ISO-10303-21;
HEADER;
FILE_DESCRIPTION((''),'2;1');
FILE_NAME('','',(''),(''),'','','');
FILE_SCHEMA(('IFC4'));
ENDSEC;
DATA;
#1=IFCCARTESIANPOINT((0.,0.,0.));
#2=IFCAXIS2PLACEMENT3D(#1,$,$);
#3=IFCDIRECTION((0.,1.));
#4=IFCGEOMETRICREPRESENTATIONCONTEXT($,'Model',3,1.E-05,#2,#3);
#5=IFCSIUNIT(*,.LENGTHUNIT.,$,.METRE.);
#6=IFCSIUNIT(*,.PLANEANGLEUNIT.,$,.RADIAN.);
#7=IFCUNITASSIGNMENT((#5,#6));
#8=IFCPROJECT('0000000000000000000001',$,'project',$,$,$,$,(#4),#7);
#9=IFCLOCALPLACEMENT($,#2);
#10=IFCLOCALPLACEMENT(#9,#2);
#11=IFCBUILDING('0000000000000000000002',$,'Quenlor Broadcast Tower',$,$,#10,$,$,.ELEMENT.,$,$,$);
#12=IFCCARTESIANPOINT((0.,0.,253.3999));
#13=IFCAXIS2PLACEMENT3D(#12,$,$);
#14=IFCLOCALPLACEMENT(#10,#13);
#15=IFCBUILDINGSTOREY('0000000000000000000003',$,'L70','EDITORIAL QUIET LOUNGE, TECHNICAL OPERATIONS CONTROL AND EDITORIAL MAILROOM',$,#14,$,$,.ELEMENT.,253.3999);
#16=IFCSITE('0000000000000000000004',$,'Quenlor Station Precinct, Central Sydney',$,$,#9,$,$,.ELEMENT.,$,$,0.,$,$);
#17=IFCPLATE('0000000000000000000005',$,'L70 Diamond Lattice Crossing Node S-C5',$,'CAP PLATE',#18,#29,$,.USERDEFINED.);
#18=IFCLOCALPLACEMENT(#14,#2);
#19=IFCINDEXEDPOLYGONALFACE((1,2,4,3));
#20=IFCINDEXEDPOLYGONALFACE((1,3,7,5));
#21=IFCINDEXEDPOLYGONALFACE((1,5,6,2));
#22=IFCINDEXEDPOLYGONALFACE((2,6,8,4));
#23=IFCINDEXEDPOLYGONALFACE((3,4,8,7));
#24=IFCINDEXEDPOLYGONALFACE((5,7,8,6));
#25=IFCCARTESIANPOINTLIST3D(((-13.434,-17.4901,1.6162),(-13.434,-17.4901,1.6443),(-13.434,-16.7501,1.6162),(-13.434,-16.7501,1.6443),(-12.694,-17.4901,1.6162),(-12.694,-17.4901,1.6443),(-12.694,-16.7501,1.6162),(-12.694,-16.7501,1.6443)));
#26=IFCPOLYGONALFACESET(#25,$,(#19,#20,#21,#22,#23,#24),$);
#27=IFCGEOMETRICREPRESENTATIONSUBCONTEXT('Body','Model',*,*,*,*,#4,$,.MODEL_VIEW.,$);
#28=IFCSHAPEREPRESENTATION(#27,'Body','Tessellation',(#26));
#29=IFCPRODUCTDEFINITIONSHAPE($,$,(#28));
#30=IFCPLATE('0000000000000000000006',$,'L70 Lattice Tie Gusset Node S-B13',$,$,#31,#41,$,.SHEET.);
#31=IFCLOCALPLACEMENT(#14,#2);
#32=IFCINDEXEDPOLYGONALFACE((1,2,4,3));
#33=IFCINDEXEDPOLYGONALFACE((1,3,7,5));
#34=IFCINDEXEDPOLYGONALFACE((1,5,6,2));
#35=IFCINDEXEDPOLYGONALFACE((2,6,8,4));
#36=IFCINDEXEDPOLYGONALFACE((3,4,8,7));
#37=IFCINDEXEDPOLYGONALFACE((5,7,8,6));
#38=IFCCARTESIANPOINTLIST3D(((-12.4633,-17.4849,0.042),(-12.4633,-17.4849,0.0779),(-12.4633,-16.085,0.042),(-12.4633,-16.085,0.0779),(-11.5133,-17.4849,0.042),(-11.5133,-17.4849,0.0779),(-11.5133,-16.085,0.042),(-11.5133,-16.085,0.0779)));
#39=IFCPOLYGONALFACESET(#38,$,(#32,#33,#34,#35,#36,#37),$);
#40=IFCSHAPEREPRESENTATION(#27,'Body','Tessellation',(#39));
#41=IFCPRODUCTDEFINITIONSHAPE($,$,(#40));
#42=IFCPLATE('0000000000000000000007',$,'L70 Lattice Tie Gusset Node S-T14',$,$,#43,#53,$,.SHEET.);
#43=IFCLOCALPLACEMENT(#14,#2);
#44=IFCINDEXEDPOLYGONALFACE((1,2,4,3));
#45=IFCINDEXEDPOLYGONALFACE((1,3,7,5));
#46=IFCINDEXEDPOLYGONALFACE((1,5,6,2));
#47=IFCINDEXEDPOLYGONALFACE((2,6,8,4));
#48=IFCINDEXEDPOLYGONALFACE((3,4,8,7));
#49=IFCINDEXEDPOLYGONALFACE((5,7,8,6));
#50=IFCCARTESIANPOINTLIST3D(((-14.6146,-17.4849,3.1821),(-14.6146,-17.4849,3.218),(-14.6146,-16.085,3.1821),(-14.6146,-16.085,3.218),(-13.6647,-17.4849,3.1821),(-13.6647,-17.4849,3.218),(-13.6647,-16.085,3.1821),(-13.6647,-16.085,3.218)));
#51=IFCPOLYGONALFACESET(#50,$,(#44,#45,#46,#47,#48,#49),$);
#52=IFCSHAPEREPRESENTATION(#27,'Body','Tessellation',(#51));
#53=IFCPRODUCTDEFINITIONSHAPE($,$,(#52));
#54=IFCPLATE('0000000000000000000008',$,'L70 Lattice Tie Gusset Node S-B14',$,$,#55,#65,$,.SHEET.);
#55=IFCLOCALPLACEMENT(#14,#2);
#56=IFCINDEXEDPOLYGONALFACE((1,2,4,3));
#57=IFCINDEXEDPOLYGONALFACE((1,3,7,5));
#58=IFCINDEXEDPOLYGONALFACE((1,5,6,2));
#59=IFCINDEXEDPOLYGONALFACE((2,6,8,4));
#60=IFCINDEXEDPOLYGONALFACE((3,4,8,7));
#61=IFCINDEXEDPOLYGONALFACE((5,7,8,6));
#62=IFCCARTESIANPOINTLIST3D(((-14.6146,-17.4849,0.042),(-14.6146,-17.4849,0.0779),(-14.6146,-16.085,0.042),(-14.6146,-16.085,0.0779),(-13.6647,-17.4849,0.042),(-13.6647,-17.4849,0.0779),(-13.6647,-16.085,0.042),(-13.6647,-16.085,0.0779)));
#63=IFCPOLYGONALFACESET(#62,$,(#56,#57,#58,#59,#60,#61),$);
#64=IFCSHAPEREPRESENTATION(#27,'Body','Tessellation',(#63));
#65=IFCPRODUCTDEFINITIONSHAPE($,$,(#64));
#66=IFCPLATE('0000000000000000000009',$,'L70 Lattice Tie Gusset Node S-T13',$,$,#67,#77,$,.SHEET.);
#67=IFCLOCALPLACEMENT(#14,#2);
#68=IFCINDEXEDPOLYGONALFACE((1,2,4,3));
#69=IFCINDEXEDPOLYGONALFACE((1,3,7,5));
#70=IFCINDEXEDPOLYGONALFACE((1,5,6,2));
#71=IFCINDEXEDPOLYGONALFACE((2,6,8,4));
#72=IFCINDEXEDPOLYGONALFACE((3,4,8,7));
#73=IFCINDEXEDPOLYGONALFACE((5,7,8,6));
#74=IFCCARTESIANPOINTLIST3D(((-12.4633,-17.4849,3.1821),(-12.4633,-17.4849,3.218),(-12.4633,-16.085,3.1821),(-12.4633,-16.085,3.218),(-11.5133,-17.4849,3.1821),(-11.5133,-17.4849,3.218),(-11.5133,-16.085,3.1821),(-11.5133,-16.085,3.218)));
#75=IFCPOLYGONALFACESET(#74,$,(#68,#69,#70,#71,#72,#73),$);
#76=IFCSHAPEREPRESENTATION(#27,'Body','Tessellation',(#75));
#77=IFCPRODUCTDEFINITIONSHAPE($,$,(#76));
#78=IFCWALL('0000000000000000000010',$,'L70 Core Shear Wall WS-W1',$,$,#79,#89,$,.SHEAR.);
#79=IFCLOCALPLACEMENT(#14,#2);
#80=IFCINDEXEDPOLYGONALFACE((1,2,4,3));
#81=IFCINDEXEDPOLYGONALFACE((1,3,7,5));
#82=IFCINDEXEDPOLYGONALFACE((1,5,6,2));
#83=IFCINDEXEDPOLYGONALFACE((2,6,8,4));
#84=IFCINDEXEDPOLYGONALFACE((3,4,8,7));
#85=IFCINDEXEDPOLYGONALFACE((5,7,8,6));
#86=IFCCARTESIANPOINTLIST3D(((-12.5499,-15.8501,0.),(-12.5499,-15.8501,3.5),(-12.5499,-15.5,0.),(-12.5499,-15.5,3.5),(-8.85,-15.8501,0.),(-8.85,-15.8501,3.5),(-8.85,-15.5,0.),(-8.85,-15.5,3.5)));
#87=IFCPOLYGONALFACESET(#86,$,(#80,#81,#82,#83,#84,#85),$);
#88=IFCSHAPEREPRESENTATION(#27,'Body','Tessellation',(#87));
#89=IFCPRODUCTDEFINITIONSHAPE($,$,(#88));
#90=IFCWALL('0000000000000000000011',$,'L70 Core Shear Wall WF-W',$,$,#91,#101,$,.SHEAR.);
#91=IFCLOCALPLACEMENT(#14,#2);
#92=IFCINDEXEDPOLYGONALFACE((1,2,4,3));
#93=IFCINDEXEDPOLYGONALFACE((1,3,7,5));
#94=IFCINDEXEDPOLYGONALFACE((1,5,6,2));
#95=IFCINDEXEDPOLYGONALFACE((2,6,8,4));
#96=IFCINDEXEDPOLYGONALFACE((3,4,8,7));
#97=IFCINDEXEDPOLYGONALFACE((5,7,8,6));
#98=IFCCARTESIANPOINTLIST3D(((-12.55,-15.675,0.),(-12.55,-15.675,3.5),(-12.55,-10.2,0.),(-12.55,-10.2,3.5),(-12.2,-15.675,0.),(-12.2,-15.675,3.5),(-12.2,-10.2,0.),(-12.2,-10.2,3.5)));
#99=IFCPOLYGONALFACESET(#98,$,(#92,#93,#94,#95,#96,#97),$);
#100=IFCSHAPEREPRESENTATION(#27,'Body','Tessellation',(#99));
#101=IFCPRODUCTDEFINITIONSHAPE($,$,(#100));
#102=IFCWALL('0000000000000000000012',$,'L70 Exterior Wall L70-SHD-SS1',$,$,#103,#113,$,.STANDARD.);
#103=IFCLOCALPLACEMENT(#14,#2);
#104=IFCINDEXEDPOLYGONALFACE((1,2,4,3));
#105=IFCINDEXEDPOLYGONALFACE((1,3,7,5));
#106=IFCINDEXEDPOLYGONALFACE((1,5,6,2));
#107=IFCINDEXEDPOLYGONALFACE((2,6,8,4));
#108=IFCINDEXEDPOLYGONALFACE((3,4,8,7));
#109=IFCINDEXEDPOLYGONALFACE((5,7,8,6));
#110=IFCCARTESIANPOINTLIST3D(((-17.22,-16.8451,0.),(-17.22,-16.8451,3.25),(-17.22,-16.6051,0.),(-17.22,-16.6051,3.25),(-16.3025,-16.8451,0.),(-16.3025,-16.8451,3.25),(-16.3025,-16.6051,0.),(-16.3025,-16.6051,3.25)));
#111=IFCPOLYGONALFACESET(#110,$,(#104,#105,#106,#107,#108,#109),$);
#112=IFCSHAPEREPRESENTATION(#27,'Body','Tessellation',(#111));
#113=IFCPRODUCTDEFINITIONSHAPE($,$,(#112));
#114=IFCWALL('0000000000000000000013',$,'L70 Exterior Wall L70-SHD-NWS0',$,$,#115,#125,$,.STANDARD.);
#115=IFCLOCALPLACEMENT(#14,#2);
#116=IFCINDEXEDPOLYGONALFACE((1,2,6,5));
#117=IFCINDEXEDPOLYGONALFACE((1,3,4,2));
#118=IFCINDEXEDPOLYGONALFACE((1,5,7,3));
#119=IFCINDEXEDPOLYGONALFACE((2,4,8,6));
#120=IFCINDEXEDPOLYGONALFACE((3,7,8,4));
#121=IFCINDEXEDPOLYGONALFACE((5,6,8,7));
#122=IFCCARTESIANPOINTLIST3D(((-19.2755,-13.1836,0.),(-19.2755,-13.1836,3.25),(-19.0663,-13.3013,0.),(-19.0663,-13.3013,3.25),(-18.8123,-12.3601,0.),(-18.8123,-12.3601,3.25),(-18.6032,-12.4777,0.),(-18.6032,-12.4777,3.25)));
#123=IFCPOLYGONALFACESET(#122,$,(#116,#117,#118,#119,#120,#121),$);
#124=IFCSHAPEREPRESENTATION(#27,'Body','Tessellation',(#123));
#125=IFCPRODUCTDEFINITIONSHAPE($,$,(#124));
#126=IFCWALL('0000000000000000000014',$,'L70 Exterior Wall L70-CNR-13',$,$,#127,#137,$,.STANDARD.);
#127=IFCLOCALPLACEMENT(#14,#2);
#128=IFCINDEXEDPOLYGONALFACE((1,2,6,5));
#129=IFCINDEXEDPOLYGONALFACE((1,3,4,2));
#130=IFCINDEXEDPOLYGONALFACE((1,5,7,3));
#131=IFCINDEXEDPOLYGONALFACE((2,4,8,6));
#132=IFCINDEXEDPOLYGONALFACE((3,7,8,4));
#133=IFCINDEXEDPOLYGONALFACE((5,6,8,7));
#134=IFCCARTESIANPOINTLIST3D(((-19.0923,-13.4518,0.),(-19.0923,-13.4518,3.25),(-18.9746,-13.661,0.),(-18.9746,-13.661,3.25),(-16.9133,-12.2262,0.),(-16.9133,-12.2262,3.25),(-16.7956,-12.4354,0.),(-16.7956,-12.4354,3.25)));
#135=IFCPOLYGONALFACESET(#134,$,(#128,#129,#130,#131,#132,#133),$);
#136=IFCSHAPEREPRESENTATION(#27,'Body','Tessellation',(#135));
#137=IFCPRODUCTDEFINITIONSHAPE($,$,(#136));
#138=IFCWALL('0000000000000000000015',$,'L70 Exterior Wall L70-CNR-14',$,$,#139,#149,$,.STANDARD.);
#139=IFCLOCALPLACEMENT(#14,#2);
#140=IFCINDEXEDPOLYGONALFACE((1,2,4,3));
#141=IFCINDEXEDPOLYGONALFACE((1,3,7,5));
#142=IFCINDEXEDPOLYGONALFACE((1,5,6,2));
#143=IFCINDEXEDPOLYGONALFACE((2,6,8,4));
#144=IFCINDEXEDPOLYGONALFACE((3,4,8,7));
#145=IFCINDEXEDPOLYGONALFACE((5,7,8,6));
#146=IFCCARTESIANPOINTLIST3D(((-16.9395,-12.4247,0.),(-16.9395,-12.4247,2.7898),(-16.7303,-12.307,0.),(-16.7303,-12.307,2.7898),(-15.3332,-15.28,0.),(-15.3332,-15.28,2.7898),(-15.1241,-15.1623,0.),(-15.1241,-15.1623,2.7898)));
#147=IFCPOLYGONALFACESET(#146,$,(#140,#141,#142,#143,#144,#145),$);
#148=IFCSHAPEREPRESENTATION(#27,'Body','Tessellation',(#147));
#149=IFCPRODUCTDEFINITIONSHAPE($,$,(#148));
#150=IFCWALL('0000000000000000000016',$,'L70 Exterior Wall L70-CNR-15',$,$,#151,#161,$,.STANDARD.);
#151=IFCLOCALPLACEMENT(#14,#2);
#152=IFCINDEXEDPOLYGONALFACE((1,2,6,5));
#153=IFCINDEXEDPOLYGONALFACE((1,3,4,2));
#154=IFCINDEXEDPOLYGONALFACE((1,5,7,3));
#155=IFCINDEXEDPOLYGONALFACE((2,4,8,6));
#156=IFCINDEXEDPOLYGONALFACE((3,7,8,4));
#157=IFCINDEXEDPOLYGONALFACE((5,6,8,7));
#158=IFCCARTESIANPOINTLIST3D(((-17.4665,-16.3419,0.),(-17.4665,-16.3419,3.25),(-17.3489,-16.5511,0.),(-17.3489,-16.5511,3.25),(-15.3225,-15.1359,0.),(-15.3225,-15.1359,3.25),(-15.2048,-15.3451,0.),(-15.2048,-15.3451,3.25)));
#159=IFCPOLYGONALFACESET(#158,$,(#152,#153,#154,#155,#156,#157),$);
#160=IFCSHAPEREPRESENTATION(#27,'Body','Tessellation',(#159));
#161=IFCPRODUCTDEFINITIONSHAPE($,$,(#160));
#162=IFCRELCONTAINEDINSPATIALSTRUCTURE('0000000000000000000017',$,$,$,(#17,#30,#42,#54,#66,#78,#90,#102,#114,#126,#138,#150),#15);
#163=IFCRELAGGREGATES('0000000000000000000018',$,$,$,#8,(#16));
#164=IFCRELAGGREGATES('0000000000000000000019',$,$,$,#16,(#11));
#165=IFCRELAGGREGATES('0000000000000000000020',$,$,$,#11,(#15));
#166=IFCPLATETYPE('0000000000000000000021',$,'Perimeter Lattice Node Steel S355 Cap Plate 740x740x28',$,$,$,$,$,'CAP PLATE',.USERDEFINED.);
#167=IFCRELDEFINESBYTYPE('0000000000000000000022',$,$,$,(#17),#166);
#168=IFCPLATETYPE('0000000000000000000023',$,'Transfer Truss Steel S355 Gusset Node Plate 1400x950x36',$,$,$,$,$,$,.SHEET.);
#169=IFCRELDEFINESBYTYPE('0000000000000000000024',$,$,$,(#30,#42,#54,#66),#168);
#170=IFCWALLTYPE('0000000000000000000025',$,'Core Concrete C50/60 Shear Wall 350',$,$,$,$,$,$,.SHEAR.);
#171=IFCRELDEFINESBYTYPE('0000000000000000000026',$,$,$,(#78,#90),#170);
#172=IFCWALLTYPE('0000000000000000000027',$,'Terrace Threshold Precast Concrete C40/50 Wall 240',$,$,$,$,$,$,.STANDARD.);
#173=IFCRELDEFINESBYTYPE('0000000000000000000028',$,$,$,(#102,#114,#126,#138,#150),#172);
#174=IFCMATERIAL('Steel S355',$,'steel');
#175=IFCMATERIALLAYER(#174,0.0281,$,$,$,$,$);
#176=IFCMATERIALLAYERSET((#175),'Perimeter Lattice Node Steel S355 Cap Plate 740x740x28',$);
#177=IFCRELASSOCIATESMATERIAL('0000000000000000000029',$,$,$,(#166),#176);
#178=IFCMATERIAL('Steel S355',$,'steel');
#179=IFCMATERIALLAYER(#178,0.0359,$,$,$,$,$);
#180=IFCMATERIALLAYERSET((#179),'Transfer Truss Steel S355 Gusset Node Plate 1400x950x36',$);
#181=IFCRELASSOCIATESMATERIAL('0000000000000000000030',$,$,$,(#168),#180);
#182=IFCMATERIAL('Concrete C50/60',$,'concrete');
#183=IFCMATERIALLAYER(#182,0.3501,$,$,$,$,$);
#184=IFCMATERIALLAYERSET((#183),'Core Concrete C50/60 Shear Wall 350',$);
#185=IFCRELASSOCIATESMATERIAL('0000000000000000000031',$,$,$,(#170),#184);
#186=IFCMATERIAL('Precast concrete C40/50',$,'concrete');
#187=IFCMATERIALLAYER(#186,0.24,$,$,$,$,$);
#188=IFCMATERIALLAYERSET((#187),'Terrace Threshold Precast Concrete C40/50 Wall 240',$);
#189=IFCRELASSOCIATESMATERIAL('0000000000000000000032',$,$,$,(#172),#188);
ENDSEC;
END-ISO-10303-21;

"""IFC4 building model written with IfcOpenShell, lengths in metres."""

from ifc_helpers import new_model, si_unit, direction, frame, frame_2d, origin, origin_2d, place, context, subcontext, project, spatial, rectangle, extrude, material, layer, layer_set, type_object, element, save


model = new_model("IFC4")

# Units and contexts
model_context = context("Model", 3, precision=1e-05, world=origin(), true_north=direction((0.0, 1.0)))
body_context = subcontext(model_context, "Body", "Model", "MODEL_VIEW")
ifc_project = project(units=[si_unit("LENGTHUNIT", "METRE"), si_unit("PLANEANGLEUNIT", "RADIAN")], contexts=[model_context])

# Site, building, storey
site_placement = place(None, origin())
site = spatial("IfcSite", under=ifc_project, at=site_placement, Name="Quenlor Station Precinct, Central Sydney", CompositionType="ELEMENT", RefElevation=0.0)
building_placement = place(site_placement, origin())
building = spatial("IfcBuilding", under=site, at=building_placement, Name="Quenlor Broadcast Tower", CompositionType="ELEMENT")
storey_placement = place(building_placement, frame((0.0, 0.0, 253.3999)))
storey = spatial("IfcBuildingStorey", under=building, at=storey_placement, Name="L70", Description="EDITORIAL QUIET LOUNGE, TECHNICAL OPERATIONS CONTROL AND EDITORIAL MAILROOM", CompositionType="ELEMENT", Elevation=253.3999)

# Plates
ifc_material_1 = material(Name="Steel S355", Category="steel")
ifc_layer_1 = layer(ifc_material_1, 0.0281)
ifc_layer_set_1 = layer_set([ifc_layer_1], Name="Perimeter Lattice Node Steel S355 Cap Plate 740x740x28")
plate_type_1 = type_object("IfcPlateType", Name="Perimeter Lattice Node Steel S355 Cap Plate 740x740x28", ElementType="CAP PLATE", PredefinedType="USERDEFINED", material=ifc_layer_set_1)
plate_placement = place(storey_placement, frame((-13.064, -17.1201, 1.6162), z_axis=(0.0, 0.0, 1.0), x_axis=(-1.0, 0.0, 0.0)))
element("IfcPlate", 1, at=plate_placement, inside=storey, type_object=plate_type_1, Name="L70 Diamond Lattice Crossing Node S-C5", ObjectType="CAP PLATE", PredefinedType="USERDEFINED", context=body_context, shape_type="SweptSolid", body=[
    extrude(rectangle(XDim=0.74, YDim=0.74, at=origin_2d()), origin(), (0.0, 0.0, 1.0), 0.0281),
])
ifc_material_2 = material(Name="Steel S355", Category="steel")
ifc_layer_2 = layer(ifc_material_2, 0.0359)
ifc_layer_set_2 = layer_set([ifc_layer_2], Name="Transfer Truss Steel S355 Gusset Node Plate 1400x950x36")
plate_type_2 = type_object("IfcPlateType", Name="Transfer Truss Steel S355 Gusset Node Plate 1400x950x36", PredefinedType="SHEET", material=ifc_layer_set_2)
for number, where, z_axis, x_axis, name in (
    (2, (-11.9883, -16.7849, 0.042), (0.0, 0.0, 1.0), (0.0, -1.0, 0.0), "L70 Lattice Tie Gusset Node S-B13"),
    (3, (-14.1396, -16.7849, 3.1821), (0.0, 0.0, 1.0), (0.0, -1.0, 0.0), "L70 Lattice Tie Gusset Node S-T14"),
    (4, (-14.1396, -16.7849, 0.042), (0.0, 0.0, 1.0), (0.0, -1.0, 0.0), "L70 Lattice Tie Gusset Node S-B14"),
    (5, (-11.9883, -16.7849, 3.1821), (0.0, 0.0, 1.0), (0.0, -1.0, 0.0), "L70 Lattice Tie Gusset Node S-T13"),
):
    element("IfcPlate", number, at=place(storey_placement, frame(where, z_axis=z_axis, x_axis=x_axis)), inside=storey, type_object=plate_type_2, Name=name, PredefinedType="SHEET", context=body_context, shape_type="SweptSolid", body=[
        extrude(rectangle(XDim=1.3999, YDim=0.95, at=origin_2d()), origin(), (0.0, 0.0, 1.0), 0.0359),
    ])

# Walls
ifc_material_3 = material(Name="Concrete C50/60", Category="concrete")
ifc_layer_3 = layer(ifc_material_3, 0.3501)
ifc_layer_set_3 = layer_set([ifc_layer_3], Name="Core Concrete C50/60 Shear Wall 350")
wall_type_1 = type_object("IfcWallType", Name="Core Concrete C50/60 Shear Wall 350", PredefinedType="SHEAR", material=ifc_layer_set_3)
wall_1_placement = place(storey_placement, frame((-12.55, -15.675, 0.0), z_axis=(0.0, 0.0, 1.0), x_axis=(1.0, 0.0, 0.0)))
element("IfcWall", 6, at=wall_1_placement, inside=storey, type_object=wall_type_1, Name="L70 Core Shear Wall WS-W1", PredefinedType="SHEAR", context=body_context, shape_type="SweptSolid", body=[
    extrude(rectangle(XDim=3.7, YDim=0.3501, at=frame_2d((1.8501, 0.0))), origin(), (0.0, 0.0, 1.0), 3.5),
])
wall_2_placement = place(storey_placement, frame((-12.375, -15.675, 0.0), z_axis=(0.0, 0.0, 1.0), x_axis=(0.0, 1.0, 0.0)))
element("IfcWall", 7, at=wall_2_placement, inside=storey, type_object=wall_type_1, Name="L70 Core Shear Wall WF-W", PredefinedType="SHEAR", context=body_context, shape_type="SweptSolid", body=[
    extrude(rectangle(XDim=5.4751, YDim=0.3501, at=frame_2d((2.7375, 0.0))), origin(), (0.0, 0.0, 1.0), 3.5),
])
ifc_material_4 = material(Name="Precast concrete C40/50", Category="concrete")
ifc_layer_4 = layer(ifc_material_4, 0.24)
ifc_layer_set_4 = layer_set([ifc_layer_4], Name="Terrace Threshold Precast Concrete C40/50 Wall 240")
wall_type_2 = type_object("IfcWallType", Name="Terrace Threshold Precast Concrete C40/50 Wall 240", PredefinedType="STANDARD", material=ifc_layer_set_4)
wall_3_placement = place(storey_placement, frame((-16.3025, -16.7251, 0.0), z_axis=(0.0, 0.0, 1.0), x_axis=(-1.0, 0.0, 0.0)))
element("IfcWall", 8, at=wall_3_placement, inside=storey, type_object=wall_type_2, Name="L70 Exterior Wall L70-SHD-SS1", PredefinedType="STANDARD", context=body_context, shape_type="SweptSolid", body=[
    extrude(rectangle(XDim=0.9175, YDim=0.24, at=frame_2d((0.4587, 0.0))), origin(), (0.0, 0.0, 1.0), 3.25),
])
wall_4_placement = place(storey_placement, frame((-19.1709, -13.2424, 0.0), z_axis=(0.0, 0.0, 1.0), x_axis=(0.4902, 0.87161, 0.0)))
element("IfcWall", 9, at=wall_4_placement, inside=storey, type_object=wall_type_2, Name="L70 Exterior Wall L70-SHD-NWS0", PredefinedType="STANDARD", context=body_context, shape_type="SweptSolid", body=[
    extrude(rectangle(XDim=0.9448, YDim=0.24, at=frame_2d((0.4724, 0.0))), origin(), (0.0, 0.0, 1.0), 3.25),
])
wall_5_placement = place(storey_placement, frame((-19.0334, -13.5564, 0.0), z_axis=(0.0, 0.0, 1.0), x_axis=(0.871589, 0.490238, 0.0)))
element("IfcWall", 10, at=wall_5_placement, inside=storey, type_object=wall_type_2, Name="L70 Exterior Wall L70-CNR-13", PredefinedType="STANDARD", context=body_context, shape_type="SweptSolid", body=[
    extrude(rectangle(XDim=2.5, YDim=0.24, at=frame_2d((1.25, 0.0))), origin(), (0.0, 0.0, 1.0), 3.25),
])
wall_6_placement = place(storey_placement, frame((-16.835, -12.3657, 0.0), z_axis=(0.0, 0.0, 1.0), x_axis=(0.490293, -0.871558, 0.0)))
element("IfcWall", 11, at=wall_6_placement, inside=storey, type_object=wall_type_2, Name="L70 Exterior Wall L70-CNR-14", PredefinedType="STANDARD", context=body_context, shape_type="SweptSolid", body=[
    extrude(rectangle(XDim=3.2761, YDim=0.24, at=frame_2d((1.6382, 0.0))), origin(), (0.0, 0.0, 1.0), 2.7898),
])
wall_7_placement = place(storey_placement, frame((-15.2637, -15.2405, 0.0), z_axis=(0.0, 0.0, 1.0), x_axis=(-0.87157, -0.490271, 0.0)))
element("IfcWall", 12, at=wall_7_placement, inside=storey, type_object=wall_type_2, Name="L70 Exterior Wall L70-CNR-15", PredefinedType="STANDARD", context=body_context, shape_type="SweptSolid", body=[
    extrude(rectangle(XDim=2.46, YDim=0.24, at=frame_2d((1.23, 0.0))), origin(), (0.0, 0.0, 1.0), 3.25),
])

save(model, "model.ifc")
